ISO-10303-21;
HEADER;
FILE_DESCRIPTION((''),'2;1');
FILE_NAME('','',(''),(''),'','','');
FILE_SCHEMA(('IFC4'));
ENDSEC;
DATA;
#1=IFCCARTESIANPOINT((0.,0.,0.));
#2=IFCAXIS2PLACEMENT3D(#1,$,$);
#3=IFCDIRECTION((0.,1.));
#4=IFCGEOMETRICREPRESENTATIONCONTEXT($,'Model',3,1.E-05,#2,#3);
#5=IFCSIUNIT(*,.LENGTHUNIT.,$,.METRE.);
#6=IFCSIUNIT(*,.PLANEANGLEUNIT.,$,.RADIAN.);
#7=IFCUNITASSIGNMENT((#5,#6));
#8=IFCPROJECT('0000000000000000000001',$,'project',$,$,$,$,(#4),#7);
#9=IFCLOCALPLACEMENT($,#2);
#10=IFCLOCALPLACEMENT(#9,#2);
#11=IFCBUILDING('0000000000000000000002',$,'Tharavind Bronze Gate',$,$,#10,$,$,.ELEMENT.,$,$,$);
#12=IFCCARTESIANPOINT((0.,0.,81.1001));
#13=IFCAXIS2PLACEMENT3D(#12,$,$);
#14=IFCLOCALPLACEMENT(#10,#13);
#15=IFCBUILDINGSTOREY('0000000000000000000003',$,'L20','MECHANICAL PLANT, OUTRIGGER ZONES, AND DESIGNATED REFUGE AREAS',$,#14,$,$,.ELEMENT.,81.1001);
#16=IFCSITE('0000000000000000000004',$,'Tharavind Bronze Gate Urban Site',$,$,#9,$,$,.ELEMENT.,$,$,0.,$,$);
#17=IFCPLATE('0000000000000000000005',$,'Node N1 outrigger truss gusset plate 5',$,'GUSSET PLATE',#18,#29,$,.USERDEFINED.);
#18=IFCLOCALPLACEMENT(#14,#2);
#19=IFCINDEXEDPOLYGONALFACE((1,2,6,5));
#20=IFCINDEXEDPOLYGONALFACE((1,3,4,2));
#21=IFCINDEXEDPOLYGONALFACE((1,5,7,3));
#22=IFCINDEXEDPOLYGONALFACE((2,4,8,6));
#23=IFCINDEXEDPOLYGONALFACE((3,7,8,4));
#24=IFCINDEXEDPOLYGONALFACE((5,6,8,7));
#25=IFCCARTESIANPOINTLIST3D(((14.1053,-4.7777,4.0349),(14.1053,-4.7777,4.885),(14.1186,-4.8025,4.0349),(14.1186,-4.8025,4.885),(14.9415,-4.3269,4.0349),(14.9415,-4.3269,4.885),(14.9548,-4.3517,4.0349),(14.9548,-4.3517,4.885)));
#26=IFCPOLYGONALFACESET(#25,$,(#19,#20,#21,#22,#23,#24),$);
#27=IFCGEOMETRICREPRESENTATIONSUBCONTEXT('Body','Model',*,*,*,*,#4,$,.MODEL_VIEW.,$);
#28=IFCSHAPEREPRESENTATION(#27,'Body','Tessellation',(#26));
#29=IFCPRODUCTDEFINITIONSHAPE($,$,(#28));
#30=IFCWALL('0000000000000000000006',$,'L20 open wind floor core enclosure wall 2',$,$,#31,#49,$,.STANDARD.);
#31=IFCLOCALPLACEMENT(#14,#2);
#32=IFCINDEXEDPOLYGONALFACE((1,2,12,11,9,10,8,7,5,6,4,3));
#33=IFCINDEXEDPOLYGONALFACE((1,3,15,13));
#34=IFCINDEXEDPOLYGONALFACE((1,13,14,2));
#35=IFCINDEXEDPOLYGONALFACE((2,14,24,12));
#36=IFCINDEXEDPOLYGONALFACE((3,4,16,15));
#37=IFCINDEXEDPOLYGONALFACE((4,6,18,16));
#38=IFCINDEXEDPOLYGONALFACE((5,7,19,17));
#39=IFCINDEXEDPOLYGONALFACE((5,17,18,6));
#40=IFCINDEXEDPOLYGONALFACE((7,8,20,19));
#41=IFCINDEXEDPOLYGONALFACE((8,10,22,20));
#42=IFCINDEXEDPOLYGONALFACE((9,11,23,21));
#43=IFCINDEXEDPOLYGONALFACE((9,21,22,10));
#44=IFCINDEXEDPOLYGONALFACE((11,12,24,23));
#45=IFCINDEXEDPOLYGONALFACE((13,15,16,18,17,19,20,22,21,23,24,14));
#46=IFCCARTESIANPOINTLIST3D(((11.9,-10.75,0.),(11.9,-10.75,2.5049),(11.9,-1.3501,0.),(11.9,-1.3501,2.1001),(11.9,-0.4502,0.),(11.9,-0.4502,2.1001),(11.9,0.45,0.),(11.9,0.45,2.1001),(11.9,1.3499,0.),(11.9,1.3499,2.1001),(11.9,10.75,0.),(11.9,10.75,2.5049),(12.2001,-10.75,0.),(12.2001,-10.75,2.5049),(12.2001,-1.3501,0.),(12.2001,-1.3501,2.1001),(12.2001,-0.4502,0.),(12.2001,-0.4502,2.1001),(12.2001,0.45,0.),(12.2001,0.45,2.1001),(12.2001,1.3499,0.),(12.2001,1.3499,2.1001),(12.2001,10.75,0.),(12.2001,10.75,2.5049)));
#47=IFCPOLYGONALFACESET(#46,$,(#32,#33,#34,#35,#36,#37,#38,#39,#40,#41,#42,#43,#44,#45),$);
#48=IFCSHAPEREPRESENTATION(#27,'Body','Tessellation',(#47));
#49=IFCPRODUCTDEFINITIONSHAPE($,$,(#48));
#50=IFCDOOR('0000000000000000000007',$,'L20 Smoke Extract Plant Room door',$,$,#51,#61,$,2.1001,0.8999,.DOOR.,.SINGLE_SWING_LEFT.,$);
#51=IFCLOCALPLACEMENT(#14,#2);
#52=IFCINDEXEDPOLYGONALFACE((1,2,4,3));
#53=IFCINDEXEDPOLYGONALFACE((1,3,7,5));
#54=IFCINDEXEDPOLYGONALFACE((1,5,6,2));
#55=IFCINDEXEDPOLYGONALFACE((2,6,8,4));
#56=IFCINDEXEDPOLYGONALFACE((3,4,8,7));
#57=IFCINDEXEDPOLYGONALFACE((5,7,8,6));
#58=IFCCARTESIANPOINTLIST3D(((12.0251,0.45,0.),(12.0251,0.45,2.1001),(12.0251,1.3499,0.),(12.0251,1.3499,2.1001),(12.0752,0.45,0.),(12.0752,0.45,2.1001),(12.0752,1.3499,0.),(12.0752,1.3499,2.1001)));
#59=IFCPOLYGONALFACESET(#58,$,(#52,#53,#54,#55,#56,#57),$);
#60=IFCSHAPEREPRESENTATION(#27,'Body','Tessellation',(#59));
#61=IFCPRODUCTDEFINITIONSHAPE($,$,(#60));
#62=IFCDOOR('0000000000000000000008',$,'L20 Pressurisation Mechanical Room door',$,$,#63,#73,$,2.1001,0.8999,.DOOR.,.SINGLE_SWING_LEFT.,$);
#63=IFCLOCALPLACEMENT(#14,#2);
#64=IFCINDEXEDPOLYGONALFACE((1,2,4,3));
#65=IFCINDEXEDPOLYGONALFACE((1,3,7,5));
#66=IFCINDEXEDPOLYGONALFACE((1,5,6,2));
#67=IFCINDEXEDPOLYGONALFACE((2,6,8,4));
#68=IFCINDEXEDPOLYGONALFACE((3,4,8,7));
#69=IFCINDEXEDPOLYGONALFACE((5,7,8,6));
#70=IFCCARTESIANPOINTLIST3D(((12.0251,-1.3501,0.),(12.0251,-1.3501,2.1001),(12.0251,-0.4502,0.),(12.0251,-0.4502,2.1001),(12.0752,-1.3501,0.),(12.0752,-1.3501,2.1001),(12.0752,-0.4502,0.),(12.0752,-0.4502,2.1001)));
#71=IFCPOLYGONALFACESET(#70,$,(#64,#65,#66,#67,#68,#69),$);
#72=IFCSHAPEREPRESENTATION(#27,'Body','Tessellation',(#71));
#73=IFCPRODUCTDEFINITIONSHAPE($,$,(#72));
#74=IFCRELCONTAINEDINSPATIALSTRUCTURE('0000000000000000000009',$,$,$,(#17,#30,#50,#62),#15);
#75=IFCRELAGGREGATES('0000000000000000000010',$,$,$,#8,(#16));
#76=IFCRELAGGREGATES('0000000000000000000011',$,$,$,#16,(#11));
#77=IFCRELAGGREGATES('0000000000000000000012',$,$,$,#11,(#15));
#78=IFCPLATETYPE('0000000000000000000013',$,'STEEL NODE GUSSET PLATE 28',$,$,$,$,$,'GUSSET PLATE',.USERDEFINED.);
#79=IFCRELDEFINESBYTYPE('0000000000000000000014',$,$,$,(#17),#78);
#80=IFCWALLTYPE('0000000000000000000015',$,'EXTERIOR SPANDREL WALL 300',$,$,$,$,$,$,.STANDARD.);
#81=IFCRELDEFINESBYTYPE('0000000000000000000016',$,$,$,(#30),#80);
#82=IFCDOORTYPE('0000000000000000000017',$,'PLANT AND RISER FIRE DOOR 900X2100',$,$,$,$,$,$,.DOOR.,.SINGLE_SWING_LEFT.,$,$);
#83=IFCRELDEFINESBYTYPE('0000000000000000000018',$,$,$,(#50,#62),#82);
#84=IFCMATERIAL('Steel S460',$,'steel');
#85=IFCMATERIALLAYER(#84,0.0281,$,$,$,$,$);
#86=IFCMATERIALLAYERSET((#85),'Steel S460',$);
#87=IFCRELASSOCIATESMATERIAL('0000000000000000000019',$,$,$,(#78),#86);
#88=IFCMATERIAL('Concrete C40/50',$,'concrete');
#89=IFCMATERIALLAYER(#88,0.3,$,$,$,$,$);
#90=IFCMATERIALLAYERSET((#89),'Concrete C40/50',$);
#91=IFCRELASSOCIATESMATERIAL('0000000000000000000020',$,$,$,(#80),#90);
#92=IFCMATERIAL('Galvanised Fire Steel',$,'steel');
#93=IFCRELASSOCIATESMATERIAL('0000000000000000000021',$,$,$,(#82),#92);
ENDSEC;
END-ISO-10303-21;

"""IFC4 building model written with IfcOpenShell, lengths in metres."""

from ifc_helpers import new_model, si_unit, direction, frame, frame_2d, origin, origin_2d, place, context, subcontext, project, spatial, rectangle, extrude, material, layer, layer_set, type_object, element, fill, save


model = new_model("IFC4")

# Units and contexts
model_context = context("Model", 3, precision=1e-05, world=origin(), true_north=direction((0.0, 1.0)))
body_context = subcontext(model_context, "Body", "Model", "MODEL_VIEW")
ifc_project = project(units=[si_unit("LENGTHUNIT", "METRE"), si_unit("PLANEANGLEUNIT", "RADIAN")], contexts=[model_context])

# Site, building, storey
site_placement = place(None, origin())
site = spatial("IfcSite", under=ifc_project, at=site_placement, Name="Tharavind Bronze Gate Urban Site", CompositionType="ELEMENT", RefElevation=0.0)
building_placement = place(site_placement, origin())
building = spatial("IfcBuilding", under=site, at=building_placement, Name="Tharavind Bronze Gate", CompositionType="ELEMENT")
storey_placement = place(building_placement, frame((0.0, 0.0, 81.1001)))
storey = spatial("IfcBuildingStorey", under=building, at=storey_placement, Name="L20", Description="MECHANICAL PLANT, OUTRIGGER ZONES, AND DESIGNATED REFUGE AREAS", CompositionType="ELEMENT", Elevation=81.1001)

# Shared definitions
ifc_material_1 = material(Name="Steel S460", Category="steel")

# Plate
ifc_layer_1 = layer(ifc_material_1, 0.0281)
ifc_layer_set_1 = layer_set([ifc_layer_1], Name="Steel S460")
plate_type_1 = type_object("IfcPlateType", Name="STEEL NODE GUSSET PLATE 28", ElementType="GUSSET PLATE", PredefinedType="USERDEFINED", material=ifc_layer_set_1)
for number, where, z_axis, x_axis, name in (
    (1, (14.53, -4.5647, 4.0349), (0.0, 0.0, 1.0), (0.880229, 0.474549, 0.0), "Node N1 outrigger truss gusset plate 5"),
):
    element("IfcPlate", number, at=place(storey_placement, frame(where, z_axis=z_axis, x_axis=x_axis)), inside=storey, type_object=plate_type_1, Name=name, ObjectType="GUSSET PLATE", PredefinedType="USERDEFINED", context=body_context, shape_type="SweptSolid", body=[
        extrude(rectangle(XDim=0.95, YDim=0.0281, at=origin_2d()), origin(), (0.0, 0.0, 1.0), 0.8501),
    ])

# Wall, openings, doors
ifc_material_2 = material(Name="Concrete C40/50", Category="concrete")
ifc_layer_2 = layer(ifc_material_2, 0.3)
ifc_layer_set_2 = layer_set([ifc_layer_2], Name="Concrete C40/50")
wall_type = type_object("IfcWallType", Name="EXTERIOR SPANDREL WALL 300", PredefinedType="STANDARD", material=ifc_layer_set_2)
wall_placement = place(storey_placement, frame((12.05, -10.75, 0.0), z_axis=(0.0, 0.0, 1.0), x_axis=(0.0, 1.0, 0.0)))
wall = element("IfcWall", 2, at=wall_placement, inside=storey, type_object=wall_type, Name="L20 open wind floor core enclosure wall 2", PredefinedType="STANDARD", context=body_context, shape_type="SweptSolid", body=[
    extrude(rectangle(XDim=21.5, YDim=0.3, at=frame_2d((10.75, 0.0))), origin(), (0.0, 0.0, 1.0), 2.5049),
])
opening_1_placement = place(wall_placement, frame((11.2, 0.0, 0.0)))
opening_1 = element("IfcOpeningElement", 3, at=opening_1_placement, cuts=wall, PredefinedType="OPENING", context=body_context, shape_type="SweptSolid", body=[
    extrude(rectangle(XDim=0.8999, YDim=2.1001, at=frame_2d((0.45, 1.05))), frame((0.0, 0.1599, 0.0), z_axis=(0.0, -1.0, 0.0), x_axis=(1.0, 0.0, 0.0)), (0.0, 0.0, 1.0), 0.32),
])
opening_2_placement = place(wall_placement, frame((9.3999, 0.0, 0.0)))
opening_2 = element("IfcOpeningElement", 4, at=opening_2_placement, cuts=wall, PredefinedType="OPENING", context=body_context, shape_type="SweptSolid", body=[
    extrude(rectangle(XDim=0.8999, YDim=2.1001, at=frame_2d((0.45, 1.05))), frame((0.0, 0.1599, 0.0), z_axis=(0.0, -1.0, 0.0), x_axis=(1.0, 0.0, 0.0)), (0.0, 0.0, 1.0), 0.32),
])
ifc_material_3 = material(Name="Galvanised Fire Steel", Category="steel")
door_type = type_object("IfcDoorType", Name="PLANT AND RISER FIRE DOOR 900X2100", OperationType="SINGLE_SWING_LEFT", PredefinedType="DOOR", material=ifc_material_3)
door_1_placement = place(opening_1_placement, origin())
door_1 = element("IfcDoor", 5, at=door_1_placement, inside=storey, type_object=door_type, Name="L20 Smoke Extract Plant Room door", OperationType="SINGLE_SWING_LEFT", OverallHeight=2.1001, OverallWidth=0.8999, PredefinedType="DOOR", context=body_context, shape_type="SweptSolid", body=[
    extrude(rectangle(XDim=0.8999, YDim=2.1001, at=frame_2d((0.45, 1.05))), frame((0.0, 0.0249, 0.0), z_axis=(0.0, -1.0, 0.0), x_axis=(1.0, 0.0, 0.0)), (0.0, 0.0, 1.0), 0.05),
])
fill(opening_1, door_1)
door_2_placement = place(opening_2_placement, origin())
door_2 = element("IfcDoor", 6, at=door_2_placement, inside=storey, type_object=door_type, Name="L20 Pressurisation Mechanical Room door", OperationType="SINGLE_SWING_LEFT", OverallHeight=2.1001, OverallWidth=0.8999, PredefinedType="DOOR", context=body_context, shape_type="SweptSolid", body=[
    extrude(rectangle(XDim=0.8999, YDim=2.1001, at=frame_2d((0.45, 1.05))), frame((0.0, 0.0249, 0.0), z_axis=(0.0, -1.0, 0.0), x_axis=(1.0, 0.0, 0.0)), (0.0, 0.0, 1.0), 0.05),
])
fill(opening_2, door_2)

save(model, "model.ifc")
